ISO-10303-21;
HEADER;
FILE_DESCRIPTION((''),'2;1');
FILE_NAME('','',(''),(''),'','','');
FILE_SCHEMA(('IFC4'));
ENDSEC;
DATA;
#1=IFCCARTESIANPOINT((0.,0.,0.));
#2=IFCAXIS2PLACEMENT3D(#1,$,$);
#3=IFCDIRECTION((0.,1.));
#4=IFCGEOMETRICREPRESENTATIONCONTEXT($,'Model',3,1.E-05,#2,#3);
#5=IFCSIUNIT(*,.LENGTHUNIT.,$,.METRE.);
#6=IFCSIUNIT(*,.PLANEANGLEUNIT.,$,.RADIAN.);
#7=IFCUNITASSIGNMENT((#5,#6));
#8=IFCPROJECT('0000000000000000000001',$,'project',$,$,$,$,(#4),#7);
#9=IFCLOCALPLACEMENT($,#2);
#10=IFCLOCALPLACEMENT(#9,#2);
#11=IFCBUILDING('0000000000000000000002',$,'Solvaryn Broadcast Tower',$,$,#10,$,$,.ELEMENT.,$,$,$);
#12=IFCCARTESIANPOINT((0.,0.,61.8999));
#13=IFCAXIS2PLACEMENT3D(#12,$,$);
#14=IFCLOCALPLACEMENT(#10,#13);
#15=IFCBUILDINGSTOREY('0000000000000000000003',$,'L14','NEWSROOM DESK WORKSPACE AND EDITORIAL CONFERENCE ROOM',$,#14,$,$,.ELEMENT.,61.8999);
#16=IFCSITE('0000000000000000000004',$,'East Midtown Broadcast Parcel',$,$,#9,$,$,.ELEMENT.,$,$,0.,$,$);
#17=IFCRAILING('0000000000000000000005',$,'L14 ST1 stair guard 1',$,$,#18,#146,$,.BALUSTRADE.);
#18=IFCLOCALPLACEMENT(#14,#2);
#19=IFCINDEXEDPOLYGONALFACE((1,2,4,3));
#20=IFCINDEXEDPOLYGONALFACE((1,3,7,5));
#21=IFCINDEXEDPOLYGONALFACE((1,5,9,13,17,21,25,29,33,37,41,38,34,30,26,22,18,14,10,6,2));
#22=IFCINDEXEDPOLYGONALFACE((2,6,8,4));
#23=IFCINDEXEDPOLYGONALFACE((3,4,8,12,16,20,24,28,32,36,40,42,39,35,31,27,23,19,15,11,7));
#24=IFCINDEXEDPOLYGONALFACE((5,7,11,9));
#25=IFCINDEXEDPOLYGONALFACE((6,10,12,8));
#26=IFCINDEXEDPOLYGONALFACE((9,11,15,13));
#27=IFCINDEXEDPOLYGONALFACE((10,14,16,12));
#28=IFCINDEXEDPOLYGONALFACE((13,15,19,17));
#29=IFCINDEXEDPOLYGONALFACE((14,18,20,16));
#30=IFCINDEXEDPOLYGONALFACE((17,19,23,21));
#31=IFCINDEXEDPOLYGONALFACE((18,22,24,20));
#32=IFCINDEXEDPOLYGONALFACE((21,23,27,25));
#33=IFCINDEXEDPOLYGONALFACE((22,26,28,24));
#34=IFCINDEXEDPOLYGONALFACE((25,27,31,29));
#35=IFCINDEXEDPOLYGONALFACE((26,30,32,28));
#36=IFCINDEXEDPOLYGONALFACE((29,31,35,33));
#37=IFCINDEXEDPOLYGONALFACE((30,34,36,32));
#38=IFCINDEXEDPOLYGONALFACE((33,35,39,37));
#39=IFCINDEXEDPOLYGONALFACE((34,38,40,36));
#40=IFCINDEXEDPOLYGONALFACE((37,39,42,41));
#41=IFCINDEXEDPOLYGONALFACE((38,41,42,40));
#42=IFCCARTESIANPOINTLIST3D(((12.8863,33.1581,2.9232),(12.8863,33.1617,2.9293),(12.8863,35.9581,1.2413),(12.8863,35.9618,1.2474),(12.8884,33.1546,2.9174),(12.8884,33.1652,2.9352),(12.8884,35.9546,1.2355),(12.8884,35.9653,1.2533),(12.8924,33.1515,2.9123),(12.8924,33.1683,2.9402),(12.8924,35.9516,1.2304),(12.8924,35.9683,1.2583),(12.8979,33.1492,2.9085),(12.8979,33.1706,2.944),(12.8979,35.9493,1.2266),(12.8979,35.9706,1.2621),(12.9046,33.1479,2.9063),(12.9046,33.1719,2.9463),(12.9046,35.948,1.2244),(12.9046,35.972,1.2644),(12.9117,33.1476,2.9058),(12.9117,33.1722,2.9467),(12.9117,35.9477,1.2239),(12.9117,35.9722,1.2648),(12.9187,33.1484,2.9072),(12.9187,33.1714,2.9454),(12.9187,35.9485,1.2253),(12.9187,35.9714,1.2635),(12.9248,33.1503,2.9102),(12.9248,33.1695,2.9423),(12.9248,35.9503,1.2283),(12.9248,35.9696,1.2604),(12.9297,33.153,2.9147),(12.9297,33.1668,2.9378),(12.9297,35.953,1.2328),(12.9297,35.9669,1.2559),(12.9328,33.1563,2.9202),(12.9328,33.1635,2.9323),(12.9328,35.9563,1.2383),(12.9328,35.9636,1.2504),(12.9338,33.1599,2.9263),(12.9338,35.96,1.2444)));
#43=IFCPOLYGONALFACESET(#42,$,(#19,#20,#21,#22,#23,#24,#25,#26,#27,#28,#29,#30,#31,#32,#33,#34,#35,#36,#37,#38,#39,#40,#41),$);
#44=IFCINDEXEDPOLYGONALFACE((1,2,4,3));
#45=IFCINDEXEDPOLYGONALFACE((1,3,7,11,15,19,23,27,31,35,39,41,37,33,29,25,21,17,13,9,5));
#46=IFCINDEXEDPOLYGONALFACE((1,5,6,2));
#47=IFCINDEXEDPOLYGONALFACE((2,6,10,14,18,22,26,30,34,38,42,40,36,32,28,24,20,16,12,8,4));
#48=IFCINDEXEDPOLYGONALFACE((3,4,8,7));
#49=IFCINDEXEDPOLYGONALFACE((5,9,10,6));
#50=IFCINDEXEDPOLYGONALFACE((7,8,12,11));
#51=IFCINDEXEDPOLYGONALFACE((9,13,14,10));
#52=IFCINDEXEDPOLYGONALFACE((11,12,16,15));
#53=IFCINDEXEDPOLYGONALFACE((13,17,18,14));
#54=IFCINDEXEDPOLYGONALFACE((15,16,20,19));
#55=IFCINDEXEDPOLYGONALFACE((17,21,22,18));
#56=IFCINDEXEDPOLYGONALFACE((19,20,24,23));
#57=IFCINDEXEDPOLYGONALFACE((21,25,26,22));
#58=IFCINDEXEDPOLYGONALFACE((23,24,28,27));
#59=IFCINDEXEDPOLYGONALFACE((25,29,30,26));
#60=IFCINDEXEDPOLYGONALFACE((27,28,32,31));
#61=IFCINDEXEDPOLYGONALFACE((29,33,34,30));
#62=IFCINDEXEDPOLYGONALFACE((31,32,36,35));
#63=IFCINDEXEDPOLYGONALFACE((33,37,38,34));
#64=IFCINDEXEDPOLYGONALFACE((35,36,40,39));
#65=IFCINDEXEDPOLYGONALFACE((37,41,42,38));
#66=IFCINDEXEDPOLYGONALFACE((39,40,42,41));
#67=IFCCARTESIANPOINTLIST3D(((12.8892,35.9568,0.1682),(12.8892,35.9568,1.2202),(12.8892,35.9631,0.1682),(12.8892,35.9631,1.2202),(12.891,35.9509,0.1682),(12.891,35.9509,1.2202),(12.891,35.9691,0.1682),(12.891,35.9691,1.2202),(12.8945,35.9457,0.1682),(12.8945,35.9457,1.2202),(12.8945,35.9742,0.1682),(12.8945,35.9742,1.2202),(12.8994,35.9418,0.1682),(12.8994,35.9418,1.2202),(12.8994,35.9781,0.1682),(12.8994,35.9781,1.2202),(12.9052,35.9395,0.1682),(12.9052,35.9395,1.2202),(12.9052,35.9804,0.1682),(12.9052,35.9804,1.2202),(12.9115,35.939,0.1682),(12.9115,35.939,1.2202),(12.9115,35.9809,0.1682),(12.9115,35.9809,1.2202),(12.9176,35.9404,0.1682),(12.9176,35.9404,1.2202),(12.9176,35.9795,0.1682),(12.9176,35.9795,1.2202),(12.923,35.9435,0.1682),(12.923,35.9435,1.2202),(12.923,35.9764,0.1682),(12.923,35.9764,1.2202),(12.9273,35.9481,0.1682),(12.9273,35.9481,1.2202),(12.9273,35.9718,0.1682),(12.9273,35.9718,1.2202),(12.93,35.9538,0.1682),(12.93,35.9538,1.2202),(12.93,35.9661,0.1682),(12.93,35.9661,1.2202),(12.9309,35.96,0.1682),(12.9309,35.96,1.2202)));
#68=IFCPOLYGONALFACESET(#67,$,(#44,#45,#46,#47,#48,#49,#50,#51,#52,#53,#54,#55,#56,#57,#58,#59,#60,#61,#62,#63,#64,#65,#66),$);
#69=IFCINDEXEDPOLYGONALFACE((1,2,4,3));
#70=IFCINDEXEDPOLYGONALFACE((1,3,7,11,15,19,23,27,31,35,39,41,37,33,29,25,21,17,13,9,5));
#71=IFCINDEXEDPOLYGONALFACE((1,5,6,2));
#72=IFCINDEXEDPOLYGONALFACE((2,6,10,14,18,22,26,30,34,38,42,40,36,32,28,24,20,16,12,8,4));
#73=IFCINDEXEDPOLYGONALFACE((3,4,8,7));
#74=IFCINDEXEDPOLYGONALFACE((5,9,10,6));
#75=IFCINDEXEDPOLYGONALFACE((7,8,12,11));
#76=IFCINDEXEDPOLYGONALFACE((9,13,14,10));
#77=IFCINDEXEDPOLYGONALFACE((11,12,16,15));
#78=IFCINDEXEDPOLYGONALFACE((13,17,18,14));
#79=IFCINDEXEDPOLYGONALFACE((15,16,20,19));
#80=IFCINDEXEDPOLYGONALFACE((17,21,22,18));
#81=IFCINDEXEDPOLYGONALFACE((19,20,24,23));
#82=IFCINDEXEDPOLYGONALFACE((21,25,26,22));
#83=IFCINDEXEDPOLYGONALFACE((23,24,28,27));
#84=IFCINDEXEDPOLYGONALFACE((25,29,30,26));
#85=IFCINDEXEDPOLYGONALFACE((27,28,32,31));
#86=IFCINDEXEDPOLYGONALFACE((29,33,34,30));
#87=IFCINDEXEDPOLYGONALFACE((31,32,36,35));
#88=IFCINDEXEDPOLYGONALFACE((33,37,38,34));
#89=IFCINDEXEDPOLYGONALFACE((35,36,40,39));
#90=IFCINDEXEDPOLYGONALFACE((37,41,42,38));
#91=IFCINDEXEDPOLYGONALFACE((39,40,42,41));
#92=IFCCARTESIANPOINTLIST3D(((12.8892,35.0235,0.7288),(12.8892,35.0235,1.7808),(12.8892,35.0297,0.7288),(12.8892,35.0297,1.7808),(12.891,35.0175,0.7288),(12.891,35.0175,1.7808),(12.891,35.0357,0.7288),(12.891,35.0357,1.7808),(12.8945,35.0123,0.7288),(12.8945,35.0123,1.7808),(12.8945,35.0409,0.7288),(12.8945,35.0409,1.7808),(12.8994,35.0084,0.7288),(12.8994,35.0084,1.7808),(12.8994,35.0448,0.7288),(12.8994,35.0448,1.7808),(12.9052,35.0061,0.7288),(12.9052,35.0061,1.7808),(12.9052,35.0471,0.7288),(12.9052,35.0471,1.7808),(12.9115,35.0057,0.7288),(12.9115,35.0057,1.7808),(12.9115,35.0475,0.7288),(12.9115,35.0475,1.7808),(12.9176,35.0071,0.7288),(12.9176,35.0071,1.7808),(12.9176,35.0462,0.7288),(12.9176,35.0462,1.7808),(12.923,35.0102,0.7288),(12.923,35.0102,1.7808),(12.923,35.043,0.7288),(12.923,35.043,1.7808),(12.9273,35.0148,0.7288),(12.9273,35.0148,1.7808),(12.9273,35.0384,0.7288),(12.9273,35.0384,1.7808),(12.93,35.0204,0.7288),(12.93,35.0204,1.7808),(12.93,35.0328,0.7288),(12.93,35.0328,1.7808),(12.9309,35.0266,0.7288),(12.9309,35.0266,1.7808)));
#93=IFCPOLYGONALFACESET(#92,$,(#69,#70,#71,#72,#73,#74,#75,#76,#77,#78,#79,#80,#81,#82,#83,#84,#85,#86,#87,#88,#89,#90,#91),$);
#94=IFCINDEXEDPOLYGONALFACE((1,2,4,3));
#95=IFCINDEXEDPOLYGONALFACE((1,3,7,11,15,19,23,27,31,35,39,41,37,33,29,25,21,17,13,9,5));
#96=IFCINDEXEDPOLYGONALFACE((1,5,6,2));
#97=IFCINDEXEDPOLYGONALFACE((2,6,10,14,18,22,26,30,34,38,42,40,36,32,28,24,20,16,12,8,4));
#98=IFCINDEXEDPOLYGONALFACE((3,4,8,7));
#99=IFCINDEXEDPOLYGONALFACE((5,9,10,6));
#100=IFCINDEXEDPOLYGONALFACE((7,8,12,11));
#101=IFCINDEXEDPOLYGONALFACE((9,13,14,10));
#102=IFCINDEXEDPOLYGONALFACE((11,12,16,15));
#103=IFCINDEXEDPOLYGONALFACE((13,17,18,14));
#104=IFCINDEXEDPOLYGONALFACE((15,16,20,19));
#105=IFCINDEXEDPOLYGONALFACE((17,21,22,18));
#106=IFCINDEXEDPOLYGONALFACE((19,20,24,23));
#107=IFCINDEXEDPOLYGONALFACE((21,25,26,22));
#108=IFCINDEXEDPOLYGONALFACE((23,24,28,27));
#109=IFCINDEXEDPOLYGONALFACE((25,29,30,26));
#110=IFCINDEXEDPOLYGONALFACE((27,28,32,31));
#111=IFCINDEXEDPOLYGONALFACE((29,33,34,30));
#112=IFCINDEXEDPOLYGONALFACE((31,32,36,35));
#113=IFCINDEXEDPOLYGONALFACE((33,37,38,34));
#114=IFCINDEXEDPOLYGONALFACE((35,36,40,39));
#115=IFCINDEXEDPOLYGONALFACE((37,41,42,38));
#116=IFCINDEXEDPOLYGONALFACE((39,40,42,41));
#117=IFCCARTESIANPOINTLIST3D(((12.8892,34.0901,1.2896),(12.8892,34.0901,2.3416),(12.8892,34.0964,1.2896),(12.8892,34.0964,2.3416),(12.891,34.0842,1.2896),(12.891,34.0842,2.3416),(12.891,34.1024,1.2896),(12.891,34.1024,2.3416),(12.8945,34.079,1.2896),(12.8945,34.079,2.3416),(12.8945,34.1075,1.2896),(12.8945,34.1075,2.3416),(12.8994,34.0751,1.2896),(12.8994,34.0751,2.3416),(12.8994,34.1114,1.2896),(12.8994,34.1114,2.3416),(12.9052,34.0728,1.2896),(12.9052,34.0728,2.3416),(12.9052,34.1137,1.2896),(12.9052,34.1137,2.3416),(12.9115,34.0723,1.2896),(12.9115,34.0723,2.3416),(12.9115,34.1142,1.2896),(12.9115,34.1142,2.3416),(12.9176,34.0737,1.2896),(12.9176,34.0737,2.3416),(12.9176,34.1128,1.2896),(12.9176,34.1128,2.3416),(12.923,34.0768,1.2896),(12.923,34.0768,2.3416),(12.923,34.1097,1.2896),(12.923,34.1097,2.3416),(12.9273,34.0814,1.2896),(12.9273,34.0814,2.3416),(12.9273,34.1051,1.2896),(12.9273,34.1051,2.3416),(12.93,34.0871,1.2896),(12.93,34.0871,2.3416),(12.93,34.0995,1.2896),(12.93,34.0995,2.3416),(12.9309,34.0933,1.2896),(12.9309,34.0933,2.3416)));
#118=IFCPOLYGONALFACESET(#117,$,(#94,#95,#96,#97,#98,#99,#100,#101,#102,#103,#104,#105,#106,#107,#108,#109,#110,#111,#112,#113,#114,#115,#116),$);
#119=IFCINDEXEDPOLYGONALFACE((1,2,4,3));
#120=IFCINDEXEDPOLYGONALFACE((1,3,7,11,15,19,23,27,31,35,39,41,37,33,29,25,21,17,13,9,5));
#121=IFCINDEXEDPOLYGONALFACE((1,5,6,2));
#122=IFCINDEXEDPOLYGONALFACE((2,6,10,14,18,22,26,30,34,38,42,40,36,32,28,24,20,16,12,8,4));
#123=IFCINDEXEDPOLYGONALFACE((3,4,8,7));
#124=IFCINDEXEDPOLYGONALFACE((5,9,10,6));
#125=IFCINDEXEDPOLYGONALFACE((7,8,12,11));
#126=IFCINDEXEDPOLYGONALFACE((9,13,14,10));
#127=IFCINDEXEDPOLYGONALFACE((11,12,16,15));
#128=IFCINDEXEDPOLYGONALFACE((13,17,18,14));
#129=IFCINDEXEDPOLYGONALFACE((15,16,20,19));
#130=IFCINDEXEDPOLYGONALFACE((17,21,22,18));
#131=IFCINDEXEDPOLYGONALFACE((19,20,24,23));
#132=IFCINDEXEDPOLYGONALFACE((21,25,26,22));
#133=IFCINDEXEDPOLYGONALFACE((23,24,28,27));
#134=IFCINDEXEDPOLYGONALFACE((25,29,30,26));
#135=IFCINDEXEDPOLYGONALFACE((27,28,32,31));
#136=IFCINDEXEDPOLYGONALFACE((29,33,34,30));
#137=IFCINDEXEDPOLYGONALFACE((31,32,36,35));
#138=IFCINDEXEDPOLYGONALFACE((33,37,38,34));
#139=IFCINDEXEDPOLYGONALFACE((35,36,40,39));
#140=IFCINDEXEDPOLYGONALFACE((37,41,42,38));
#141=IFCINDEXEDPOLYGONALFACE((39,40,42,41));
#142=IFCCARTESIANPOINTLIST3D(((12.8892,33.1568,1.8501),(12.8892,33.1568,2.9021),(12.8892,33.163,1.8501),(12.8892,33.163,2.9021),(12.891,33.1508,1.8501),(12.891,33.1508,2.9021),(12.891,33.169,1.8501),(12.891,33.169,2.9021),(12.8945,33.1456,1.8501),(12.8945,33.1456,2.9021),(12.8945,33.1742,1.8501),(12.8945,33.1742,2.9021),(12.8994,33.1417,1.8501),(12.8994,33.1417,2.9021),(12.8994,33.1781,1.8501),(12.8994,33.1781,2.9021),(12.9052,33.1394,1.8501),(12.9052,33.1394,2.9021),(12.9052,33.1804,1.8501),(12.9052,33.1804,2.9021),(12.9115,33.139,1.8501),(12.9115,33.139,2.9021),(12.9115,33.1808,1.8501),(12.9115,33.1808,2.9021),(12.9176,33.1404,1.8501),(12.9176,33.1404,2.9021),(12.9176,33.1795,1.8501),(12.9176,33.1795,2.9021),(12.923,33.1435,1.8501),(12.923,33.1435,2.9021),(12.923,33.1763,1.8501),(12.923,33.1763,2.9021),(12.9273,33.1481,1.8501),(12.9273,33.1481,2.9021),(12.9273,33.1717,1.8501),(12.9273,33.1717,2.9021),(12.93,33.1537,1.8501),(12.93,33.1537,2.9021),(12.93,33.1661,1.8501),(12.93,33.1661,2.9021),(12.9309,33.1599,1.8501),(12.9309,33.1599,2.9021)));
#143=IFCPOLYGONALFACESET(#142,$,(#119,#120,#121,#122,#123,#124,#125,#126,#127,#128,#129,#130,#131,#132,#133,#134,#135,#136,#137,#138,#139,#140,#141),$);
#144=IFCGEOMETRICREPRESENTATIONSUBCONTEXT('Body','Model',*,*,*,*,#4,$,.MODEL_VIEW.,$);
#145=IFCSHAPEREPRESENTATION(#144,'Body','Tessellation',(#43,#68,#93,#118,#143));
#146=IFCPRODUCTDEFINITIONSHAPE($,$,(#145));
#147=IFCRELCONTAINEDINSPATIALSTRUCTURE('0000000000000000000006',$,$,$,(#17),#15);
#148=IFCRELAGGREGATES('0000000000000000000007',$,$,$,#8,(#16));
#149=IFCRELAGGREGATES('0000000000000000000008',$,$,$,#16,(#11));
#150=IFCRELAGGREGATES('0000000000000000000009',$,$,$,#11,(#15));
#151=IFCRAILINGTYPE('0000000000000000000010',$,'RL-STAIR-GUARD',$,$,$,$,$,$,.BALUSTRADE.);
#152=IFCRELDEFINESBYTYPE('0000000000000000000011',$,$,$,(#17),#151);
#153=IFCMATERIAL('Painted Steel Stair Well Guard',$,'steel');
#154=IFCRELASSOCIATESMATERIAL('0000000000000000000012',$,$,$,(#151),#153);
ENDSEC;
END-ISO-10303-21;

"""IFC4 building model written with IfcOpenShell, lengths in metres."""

from ifc_helpers import new_model, si_unit, direction, frame, origin, origin_2d, place, context, subcontext, project, spatial, circle, extrude, material, type_object, element, save


model = new_model("IFC4")

# Units and contexts
model_context = context("Model", 3, precision=1e-05, world=origin(), true_north=direction((0.0, 1.0)))
body_context = subcontext(model_context, "Body", "Model", "MODEL_VIEW")
ifc_project = project(units=[si_unit("LENGTHUNIT", "METRE"), si_unit("PLANEANGLEUNIT", "RADIAN")], contexts=[model_context])

# Site, building, storey
site_placement = place(None, origin())
site = spatial("IfcSite", under=ifc_project, at=site_placement, Name="East Midtown Broadcast Parcel", CompositionType="ELEMENT", RefElevation=0.0)
building_placement = place(site_placement, origin())
building = spatial("IfcBuilding", under=site, at=building_placement, Name="Solvaryn Broadcast Tower", CompositionType="ELEMENT")
storey_placement = place(building_placement, frame((0.0, 0.0, 61.8999)))
storey = spatial("IfcBuildingStorey", under=building, at=storey_placement, Name="L14", Description="NEWSROOM DESK WORKSPACE AND EDITORIAL CONFERENCE ROOM", CompositionType="ELEMENT", Elevation=61.8999)

# Railing
ifc_material_1 = material(Name="Painted Steel Stair Well Guard", Category="steel")
railing_type_1 = type_object("IfcRailingType", Name="RL-STAIR-GUARD", PredefinedType="BALUSTRADE", material=ifc_material_1)
railing_1_placement = place(storey_placement, frame((12.9099, 35.96, 0.1682)))
element("IfcRailing", 1, at=railing_1_placement, inside=storey, type_object=railing_type_1, Name="L14 ST1 stair guard 1", PredefinedType="BALUSTRADE", context=body_context, shape_type="SweptSolid", body=[
    extrude(circle(Radius=0.0239, at=origin_2d()), frame((0.0, 0.0, 1.0762), z_axis=(0.0, -0.857242, 0.514913), x_axis=(1.0, 0.0, 0.0)), (0.0, 0.0, 1.0), 3.2664),
    extrude(circle(Radius=0.021, at=origin_2d()), origin(), (0.0, 0.0, 1.0), 1.052),
    extrude(circle(Radius=0.021, at=origin_2d()), frame((0.0, -0.9333, 0.5605)), (0.0, 0.0, 1.0), 1.052),
    extrude(circle(Radius=0.021, at=origin_2d()), frame((0.0, -1.8667, 1.1213)), (0.0, 0.0, 1.0), 1.052),
    extrude(circle(Radius=0.021, at=origin_2d()), frame((0.0, -2.8, 1.6819)), (0.0, 0.0, 1.0), 1.052),
])

save(model, "model.ifc")
